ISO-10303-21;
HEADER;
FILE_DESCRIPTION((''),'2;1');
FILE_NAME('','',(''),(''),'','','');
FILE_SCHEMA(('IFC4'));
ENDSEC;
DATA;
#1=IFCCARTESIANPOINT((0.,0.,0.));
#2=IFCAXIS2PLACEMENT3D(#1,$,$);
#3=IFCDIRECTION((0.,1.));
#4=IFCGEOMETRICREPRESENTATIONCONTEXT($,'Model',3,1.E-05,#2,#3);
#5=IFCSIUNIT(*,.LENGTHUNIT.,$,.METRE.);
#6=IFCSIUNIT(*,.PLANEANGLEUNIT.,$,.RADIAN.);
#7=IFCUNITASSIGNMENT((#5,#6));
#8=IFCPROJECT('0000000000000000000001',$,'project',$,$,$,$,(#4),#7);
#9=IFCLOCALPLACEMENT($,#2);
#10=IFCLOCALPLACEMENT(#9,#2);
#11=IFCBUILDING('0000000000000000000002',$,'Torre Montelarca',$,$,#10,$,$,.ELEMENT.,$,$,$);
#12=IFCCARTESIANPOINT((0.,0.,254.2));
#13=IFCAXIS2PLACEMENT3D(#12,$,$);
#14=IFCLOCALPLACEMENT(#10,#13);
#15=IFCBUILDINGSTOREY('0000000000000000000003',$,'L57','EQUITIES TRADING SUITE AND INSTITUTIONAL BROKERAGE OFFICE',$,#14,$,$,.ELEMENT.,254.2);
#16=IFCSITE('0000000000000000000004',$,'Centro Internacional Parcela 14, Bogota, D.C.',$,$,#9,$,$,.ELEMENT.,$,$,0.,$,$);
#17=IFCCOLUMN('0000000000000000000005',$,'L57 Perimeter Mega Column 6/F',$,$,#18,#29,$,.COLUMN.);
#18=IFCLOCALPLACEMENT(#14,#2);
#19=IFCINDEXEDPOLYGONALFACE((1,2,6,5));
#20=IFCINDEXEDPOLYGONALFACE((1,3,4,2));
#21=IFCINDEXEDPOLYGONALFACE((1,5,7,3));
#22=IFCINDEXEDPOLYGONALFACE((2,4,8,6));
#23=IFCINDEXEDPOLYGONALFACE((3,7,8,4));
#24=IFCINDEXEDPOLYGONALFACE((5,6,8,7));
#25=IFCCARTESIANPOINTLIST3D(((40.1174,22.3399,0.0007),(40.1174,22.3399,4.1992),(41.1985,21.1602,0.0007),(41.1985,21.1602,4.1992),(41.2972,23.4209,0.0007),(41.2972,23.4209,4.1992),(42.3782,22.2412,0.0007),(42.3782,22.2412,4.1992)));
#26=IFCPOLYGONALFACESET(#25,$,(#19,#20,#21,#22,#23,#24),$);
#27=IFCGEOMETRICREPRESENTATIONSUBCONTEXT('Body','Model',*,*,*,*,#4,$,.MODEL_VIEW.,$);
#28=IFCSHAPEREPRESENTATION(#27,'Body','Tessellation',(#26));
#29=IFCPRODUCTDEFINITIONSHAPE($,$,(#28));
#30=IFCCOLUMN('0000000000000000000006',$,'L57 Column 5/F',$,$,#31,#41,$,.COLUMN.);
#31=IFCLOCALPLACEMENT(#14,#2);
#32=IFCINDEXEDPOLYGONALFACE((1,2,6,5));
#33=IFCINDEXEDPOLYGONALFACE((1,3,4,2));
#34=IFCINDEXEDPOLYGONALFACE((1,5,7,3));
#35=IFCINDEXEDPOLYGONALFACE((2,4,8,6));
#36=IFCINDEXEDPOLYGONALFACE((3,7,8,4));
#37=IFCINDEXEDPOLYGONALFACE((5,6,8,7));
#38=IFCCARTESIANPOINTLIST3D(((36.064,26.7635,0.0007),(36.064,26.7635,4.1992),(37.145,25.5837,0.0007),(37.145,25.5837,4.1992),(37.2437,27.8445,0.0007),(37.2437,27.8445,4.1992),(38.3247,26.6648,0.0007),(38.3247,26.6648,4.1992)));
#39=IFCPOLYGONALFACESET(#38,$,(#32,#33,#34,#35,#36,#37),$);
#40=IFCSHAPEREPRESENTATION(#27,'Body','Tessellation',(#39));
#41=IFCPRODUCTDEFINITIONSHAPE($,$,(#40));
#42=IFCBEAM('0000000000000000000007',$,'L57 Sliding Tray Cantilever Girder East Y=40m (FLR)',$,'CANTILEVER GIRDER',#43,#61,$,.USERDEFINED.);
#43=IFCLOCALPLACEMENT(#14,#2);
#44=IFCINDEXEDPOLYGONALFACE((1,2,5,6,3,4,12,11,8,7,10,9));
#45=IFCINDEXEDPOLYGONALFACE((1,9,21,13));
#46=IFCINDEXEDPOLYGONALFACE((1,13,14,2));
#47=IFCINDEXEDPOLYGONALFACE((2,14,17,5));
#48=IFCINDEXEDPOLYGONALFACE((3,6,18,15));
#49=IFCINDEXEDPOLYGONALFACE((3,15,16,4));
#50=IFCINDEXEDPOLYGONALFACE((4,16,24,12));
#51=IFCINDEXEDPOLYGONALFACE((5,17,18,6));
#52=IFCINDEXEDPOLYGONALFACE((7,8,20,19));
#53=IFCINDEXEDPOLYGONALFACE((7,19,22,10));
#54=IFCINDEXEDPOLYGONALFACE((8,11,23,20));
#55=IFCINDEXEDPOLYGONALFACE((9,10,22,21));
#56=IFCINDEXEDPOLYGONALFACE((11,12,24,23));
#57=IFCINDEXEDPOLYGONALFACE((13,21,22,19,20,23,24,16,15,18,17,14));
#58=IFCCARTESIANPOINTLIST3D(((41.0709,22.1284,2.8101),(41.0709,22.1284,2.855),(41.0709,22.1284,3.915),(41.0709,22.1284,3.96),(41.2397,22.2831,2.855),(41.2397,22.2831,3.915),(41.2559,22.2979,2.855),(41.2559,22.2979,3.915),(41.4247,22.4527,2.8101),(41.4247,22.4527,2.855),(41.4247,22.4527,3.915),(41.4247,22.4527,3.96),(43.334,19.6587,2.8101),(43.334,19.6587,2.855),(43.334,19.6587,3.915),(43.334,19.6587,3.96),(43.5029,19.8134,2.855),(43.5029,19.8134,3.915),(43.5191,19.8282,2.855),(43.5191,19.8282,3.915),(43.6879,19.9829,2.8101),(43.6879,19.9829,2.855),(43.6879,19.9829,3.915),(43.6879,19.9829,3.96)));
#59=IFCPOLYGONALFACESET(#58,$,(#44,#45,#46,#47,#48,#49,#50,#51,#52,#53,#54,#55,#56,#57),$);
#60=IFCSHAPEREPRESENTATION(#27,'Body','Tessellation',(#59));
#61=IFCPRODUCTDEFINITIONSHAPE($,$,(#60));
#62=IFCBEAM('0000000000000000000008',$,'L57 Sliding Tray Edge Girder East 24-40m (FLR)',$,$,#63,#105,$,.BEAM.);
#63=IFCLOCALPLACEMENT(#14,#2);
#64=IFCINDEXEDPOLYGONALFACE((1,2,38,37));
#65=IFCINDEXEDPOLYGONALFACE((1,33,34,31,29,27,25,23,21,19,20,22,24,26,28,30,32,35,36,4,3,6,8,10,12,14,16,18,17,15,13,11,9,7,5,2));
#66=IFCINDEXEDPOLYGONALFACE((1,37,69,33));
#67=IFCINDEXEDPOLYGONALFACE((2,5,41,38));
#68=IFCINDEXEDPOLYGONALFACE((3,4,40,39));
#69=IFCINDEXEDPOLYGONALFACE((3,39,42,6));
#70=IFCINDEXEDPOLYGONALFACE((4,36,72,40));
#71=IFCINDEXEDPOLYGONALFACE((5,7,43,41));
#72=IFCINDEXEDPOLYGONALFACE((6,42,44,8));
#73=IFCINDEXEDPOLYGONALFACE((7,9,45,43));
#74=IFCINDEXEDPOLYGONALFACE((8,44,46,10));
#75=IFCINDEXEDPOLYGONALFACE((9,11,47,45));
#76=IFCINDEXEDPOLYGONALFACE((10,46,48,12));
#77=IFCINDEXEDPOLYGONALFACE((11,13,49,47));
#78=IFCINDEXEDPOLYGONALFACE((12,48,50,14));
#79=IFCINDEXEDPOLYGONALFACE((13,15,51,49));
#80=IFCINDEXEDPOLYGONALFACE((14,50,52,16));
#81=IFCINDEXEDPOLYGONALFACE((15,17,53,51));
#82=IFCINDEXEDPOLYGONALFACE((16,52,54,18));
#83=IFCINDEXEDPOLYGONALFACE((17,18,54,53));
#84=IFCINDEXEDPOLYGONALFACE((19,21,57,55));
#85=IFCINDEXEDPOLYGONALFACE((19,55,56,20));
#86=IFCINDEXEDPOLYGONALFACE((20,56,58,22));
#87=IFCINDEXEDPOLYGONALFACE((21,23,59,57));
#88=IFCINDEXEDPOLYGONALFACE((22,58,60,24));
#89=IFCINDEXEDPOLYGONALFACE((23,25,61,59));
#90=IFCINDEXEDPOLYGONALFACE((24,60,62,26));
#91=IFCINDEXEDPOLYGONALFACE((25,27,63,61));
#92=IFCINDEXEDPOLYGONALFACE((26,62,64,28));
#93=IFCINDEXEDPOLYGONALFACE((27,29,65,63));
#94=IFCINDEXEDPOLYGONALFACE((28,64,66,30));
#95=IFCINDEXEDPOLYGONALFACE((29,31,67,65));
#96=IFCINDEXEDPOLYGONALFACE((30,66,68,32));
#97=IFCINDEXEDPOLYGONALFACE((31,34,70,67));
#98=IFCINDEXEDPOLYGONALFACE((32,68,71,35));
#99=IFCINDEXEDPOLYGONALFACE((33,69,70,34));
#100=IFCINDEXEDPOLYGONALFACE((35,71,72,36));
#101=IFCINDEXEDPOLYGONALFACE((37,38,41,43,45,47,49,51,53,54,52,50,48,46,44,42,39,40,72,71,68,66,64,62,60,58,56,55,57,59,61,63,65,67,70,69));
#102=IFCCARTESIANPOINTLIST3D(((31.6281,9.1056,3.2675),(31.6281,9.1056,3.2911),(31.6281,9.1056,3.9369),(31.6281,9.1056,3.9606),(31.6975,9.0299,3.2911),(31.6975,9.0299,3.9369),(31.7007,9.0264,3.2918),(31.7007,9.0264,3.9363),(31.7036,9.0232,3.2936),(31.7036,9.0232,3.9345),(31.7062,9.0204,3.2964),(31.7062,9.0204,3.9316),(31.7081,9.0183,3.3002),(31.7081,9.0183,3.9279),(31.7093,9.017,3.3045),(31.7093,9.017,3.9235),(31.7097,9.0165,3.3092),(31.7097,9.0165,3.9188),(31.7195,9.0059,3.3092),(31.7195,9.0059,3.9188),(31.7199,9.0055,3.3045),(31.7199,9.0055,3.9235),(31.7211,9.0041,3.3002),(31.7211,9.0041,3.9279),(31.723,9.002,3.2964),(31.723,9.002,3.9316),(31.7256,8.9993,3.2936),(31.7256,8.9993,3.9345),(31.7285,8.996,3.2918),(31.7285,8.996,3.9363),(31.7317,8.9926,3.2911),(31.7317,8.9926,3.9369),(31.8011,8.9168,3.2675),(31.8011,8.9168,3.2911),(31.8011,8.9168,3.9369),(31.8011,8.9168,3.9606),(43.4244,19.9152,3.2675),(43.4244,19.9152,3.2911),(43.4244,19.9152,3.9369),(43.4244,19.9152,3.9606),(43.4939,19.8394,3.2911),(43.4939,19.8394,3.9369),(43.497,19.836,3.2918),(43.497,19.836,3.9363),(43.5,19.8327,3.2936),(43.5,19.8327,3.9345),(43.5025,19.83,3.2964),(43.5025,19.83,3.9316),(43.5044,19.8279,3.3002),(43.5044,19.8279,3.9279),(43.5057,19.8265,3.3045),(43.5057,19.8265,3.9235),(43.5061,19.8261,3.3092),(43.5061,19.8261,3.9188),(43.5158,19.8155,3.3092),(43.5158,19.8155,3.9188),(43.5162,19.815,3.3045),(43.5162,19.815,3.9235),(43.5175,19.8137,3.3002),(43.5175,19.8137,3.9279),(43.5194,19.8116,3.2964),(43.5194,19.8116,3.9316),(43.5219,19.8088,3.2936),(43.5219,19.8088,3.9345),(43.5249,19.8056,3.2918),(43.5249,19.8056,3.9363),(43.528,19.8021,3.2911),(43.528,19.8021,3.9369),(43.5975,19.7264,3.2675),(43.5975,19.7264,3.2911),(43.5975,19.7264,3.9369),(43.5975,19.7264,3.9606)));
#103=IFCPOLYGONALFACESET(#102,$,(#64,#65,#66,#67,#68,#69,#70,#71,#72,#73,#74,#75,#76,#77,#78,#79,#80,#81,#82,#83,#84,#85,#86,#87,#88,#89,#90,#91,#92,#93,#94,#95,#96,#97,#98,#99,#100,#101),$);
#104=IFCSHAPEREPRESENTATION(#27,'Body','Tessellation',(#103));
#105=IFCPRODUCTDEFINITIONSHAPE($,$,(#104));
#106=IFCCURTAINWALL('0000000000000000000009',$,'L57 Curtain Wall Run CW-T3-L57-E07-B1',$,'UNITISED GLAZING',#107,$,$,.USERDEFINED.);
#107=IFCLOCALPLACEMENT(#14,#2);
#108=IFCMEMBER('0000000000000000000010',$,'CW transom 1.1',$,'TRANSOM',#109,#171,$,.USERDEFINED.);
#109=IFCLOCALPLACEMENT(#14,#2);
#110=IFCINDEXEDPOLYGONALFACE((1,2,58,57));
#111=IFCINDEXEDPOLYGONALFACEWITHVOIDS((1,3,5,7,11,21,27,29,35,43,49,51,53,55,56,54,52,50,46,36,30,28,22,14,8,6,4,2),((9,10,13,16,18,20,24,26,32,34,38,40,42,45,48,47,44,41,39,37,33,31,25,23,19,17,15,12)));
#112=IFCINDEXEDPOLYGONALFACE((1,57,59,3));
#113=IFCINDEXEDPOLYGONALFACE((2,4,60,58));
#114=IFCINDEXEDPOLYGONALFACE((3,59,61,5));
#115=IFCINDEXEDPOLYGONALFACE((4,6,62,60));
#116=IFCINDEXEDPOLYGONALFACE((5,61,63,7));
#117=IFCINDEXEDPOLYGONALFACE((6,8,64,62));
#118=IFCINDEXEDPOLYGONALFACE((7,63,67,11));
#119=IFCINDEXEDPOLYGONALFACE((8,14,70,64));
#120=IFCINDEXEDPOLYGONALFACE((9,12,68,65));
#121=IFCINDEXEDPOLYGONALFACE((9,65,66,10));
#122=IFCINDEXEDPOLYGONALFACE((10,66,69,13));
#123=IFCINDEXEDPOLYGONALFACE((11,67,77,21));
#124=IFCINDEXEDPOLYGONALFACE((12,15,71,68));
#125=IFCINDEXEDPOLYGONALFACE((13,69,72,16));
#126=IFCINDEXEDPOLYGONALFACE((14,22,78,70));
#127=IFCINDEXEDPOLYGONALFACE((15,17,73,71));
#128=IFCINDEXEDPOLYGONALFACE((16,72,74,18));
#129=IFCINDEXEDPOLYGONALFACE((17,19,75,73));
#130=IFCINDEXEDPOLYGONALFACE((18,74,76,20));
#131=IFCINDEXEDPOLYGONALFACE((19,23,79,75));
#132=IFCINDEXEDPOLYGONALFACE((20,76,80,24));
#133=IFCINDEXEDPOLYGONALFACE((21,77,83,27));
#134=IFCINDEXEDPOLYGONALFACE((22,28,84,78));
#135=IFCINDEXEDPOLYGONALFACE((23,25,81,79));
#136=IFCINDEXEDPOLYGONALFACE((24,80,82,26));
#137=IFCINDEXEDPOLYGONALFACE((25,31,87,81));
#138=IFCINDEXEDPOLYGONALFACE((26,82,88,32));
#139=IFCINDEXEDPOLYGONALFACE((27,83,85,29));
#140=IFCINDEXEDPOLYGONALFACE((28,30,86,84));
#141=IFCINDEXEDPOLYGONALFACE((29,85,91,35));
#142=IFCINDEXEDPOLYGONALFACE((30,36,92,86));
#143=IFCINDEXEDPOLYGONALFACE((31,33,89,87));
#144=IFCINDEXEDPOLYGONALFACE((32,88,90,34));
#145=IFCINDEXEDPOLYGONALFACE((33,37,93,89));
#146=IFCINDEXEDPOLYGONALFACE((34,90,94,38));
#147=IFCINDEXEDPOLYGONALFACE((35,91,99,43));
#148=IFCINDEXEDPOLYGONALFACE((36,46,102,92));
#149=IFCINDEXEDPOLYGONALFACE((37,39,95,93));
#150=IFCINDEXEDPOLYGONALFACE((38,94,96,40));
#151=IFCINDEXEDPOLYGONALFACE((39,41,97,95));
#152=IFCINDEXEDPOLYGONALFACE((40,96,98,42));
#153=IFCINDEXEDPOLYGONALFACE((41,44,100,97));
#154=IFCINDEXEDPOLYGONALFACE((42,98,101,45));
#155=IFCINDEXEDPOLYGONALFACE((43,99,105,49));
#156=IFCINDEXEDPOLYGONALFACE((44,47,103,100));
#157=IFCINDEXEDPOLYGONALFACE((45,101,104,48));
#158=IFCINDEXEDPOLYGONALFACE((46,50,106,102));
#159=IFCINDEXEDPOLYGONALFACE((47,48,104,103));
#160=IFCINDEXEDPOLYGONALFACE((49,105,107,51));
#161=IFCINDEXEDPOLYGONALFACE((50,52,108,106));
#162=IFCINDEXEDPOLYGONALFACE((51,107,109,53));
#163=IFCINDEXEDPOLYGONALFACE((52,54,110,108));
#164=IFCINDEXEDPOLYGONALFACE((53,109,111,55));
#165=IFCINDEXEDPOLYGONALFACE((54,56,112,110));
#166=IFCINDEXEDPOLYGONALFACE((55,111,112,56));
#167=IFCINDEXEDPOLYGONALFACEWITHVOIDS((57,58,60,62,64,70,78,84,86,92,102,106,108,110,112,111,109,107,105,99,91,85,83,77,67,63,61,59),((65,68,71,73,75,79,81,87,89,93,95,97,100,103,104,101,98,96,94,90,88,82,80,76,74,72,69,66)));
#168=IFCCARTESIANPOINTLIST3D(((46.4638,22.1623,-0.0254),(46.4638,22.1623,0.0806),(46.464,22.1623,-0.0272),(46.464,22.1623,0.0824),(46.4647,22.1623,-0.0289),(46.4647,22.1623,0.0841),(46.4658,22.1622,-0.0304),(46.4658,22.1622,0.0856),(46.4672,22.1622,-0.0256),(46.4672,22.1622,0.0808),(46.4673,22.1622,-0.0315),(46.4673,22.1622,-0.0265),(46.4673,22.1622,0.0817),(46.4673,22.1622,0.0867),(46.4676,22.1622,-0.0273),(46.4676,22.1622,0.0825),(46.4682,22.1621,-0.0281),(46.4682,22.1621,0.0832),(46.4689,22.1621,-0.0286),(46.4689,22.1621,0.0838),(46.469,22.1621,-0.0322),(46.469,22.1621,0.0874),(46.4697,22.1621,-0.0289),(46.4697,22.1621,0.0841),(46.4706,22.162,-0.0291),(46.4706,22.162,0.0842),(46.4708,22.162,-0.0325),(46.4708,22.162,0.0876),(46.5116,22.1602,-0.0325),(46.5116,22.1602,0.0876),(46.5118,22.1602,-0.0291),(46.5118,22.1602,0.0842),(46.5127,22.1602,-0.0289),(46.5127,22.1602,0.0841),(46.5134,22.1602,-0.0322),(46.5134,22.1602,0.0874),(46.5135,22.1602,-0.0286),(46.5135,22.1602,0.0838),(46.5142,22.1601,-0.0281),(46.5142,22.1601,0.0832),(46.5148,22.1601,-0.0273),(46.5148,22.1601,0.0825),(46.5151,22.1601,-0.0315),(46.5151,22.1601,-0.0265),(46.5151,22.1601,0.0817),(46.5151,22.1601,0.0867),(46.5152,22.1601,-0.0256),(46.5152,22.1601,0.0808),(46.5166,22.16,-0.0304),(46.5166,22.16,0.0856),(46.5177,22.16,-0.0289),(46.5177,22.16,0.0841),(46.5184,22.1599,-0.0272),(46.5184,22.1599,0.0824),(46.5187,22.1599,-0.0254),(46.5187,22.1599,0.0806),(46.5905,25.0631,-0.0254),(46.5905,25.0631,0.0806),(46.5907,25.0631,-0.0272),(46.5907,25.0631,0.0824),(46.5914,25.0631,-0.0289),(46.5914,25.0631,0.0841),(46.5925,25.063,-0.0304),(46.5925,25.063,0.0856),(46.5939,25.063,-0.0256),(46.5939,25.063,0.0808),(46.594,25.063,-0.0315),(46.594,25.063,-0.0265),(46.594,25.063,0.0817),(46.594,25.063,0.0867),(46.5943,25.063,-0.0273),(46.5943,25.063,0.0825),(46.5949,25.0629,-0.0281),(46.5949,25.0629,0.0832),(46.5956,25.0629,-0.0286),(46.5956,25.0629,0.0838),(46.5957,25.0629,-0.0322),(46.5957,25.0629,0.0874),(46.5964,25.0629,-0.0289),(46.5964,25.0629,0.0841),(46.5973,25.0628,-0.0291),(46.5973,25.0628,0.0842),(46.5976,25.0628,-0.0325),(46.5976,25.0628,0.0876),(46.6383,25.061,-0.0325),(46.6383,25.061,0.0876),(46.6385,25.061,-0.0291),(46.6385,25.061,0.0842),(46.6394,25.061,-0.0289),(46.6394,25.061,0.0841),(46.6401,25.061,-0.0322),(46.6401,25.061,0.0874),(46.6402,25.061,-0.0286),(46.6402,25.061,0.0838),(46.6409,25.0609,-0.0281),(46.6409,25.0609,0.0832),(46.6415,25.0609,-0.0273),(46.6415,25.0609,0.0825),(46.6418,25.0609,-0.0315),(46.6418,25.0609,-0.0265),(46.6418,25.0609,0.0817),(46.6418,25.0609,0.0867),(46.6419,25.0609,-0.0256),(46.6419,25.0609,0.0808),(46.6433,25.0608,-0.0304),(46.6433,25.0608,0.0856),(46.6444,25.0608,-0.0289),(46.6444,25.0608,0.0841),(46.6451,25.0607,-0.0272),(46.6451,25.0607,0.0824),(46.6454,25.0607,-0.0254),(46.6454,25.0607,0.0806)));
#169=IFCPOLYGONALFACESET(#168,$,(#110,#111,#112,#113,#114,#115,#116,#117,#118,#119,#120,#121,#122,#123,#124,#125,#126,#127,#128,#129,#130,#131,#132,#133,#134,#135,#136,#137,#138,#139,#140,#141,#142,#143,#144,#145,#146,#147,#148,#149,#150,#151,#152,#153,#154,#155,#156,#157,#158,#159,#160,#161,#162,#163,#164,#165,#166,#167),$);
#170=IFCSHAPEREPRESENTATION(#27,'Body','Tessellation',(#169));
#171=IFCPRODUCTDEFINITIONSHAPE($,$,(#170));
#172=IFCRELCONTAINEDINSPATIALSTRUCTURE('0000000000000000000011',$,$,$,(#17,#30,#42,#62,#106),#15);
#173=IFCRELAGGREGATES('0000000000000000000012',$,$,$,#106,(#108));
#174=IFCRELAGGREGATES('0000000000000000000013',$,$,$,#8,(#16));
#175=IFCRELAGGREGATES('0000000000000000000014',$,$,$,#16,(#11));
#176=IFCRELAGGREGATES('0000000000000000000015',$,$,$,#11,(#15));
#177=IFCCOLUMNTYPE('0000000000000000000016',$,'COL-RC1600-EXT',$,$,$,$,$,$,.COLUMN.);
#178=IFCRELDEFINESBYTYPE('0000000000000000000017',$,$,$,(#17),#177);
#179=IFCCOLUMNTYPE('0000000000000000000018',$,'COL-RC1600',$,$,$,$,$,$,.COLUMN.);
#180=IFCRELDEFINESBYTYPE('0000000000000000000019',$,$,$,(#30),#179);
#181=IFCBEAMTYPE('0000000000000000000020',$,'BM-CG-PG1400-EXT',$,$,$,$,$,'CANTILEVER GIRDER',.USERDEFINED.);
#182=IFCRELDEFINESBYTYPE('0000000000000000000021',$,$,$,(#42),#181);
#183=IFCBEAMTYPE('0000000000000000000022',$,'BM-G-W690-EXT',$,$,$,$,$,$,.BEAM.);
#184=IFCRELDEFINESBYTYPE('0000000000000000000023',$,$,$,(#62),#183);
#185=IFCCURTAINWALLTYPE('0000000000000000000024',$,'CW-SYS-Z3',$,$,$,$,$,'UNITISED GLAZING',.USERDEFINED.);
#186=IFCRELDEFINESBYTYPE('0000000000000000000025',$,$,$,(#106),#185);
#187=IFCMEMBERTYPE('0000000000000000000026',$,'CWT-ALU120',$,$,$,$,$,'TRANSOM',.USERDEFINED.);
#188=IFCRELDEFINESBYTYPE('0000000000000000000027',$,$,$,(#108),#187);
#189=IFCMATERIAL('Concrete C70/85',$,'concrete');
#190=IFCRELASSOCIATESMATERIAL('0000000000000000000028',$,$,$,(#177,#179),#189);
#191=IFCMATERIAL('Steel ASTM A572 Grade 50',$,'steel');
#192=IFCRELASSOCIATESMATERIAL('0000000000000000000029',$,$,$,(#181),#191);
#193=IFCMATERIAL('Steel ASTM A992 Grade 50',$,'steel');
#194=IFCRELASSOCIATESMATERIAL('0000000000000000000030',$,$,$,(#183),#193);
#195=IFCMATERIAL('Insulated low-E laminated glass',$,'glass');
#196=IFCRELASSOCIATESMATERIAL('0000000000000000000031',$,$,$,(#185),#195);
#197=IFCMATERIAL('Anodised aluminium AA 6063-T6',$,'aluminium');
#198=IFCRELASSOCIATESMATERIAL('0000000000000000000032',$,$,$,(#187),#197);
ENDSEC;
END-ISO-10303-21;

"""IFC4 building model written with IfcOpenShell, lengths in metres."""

from ifc_helpers import new_model, si_unit, direction, frame, origin, origin_2d, place, context, subcontext, project, spatial, rectangle, hollow_rectangle, i_section, extrude, source, transform, mapped, material, material_profile, profile_set, type_object, element, aggregate, save


model = new_model("IFC4")

# Units and contexts
model_context = context("Model", 3, precision=1e-05, world=origin(), true_north=direction((0.0, 1.0)))
body_context = subcontext(model_context, "Body", "Model", "MODEL_VIEW")
ifc_project = project(units=[si_unit("LENGTHUNIT", "METRE"), si_unit("PLANEANGLEUNIT", "RADIAN")], contexts=[model_context])

# Site, building, storey
site_placement = place(None, origin())
site = spatial("IfcSite", under=ifc_project, at=site_placement, Name="Centro Internacional Parcela 14, Bogota, D.C.", CompositionType="ELEMENT", RefElevation=0.0)
building_placement = place(site_placement, origin())
building = spatial("IfcBuilding", under=site, at=building_placement, Name="Torre Montelarca", CompositionType="ELEMENT")
storey_placement = place(building_placement, frame((0.0, 0.0, 254.2)))
storey = spatial("IfcBuildingStorey", under=building, at=storey_placement, Name="L57", Description="EQUITIES TRADING SUITE AND INSTITUTIONAL BROKERAGE OFFICE", CompositionType="ELEMENT", Elevation=254.2)

# Columns
ifc_material_1 = material(Name="Concrete C70/85", Category="concrete")
ifc_material_profile_1 = material_profile(ifc_material_1, rectangle(XDim=1.6001, YDim=1.6001, at=origin_2d()), Name="RC1600X1600", Category="concrete")
ifc_profile_set_1 = profile_set([ifc_material_profile_1], Name="Concrete C70/85")
column_type_1 = type_object("IfcColumnType", Name="COL-RC1600-EXT", PredefinedType="COLUMN", material=ifc_profile_set_1)
shared_shape_1 = source(origin(), body_context, "Body", "SweptSolid", [
    extrude(rectangle(XDim=1.6001, YDim=1.6001, at=origin_2d()), origin(), (0.0, 0.0, 1.0), 4.1985),
])
column_1_placement = place(storey_placement, frame((41.2478, 22.2905, 0.0007), z_axis=(0.0, 0.0, 1.0), x_axis=(-0.67559, 0.737277, 0.0)))
element("IfcColumn", 1, at=column_1_placement, inside=storey, type_object=column_type_1, Name="L57 Perimeter Mega Column 6/F", PredefinedType="COLUMN", context=body_context, shape_type="MappedRepresentation", body=[
    mapped(shared_shape_1, transform((0.0, 0.0, 0.0), scale=1.0)),
])
ifc_material_profile_2 = material_profile(ifc_material_1, rectangle(XDim=1.6001, YDim=1.6001, at=origin_2d()), Name="RC1600X1600", Category="concrete")
ifc_profile_set_2 = profile_set([ifc_material_profile_2], Name="Concrete C70/85")
column_type_2 = type_object("IfcColumnType", Name="COL-RC1600", PredefinedType="COLUMN", material=ifc_profile_set_2)
shared_shape_2 = source(origin(), body_context, "Body", "SweptSolid", [
    extrude(rectangle(XDim=1.6001, YDim=1.6001, at=origin_2d()), origin(), (0.0, 0.0, 1.0), 4.1985),
])
column_2_placement = place(storey_placement, frame((37.1943, 26.7141, 0.0007), z_axis=(0.0, 0.0, 1.0), x_axis=(-0.67559, 0.737277, 0.0)))
element("IfcColumn", 2, at=column_2_placement, inside=storey, type_object=column_type_2, Name="L57 Column 5/F", PredefinedType="COLUMN", context=body_context, shape_type="MappedRepresentation", body=[
    mapped(shared_shape_2, transform((0.0, 0.0, 0.0), scale=1.0)),
])

# Beams
ifc_material_2 = material(Name="Steel ASTM A572 Grade 50", Category="steel")
ifc_material_profile_3 = material_profile(ifc_material_2, i_section(OverallWidth=0.48, OverallDepth=1.1499, WebThickness=0.022, FlangeThickness=0.0449, at=origin_2d()), Name="PG1150X480X22X45", Category="steel")
ifc_profile_set_3 = profile_set([ifc_material_profile_3], Name="Steel ASTM A572 Grade 50")
beam_type_1 = type_object("IfcBeamType", Name="BM-CG-PG1400-EXT", ElementType="CANTILEVER GIRDER", PredefinedType="USERDEFINED", material=ifc_profile_set_3)
shared_shape_3 = source(origin(), body_context, "Body", "SweptSolid", [
    extrude(i_section(OverallWidth=0.48, OverallDepth=1.1499, WebThickness=0.022, FlangeThickness=0.0449, at=origin_2d()), origin(), (0.0, 0.0, 1.0), 3.3499),
])
beam_1_placement = place(storey_placement, frame((41.2478, 22.2905, 3.385), z_axis=(0.675606, -0.737263, 0.0), x_axis=(0.737263, 0.675606, 0.0)))
element("IfcBeam", 3, at=beam_1_placement, inside=storey, type_object=beam_type_1, Name="L57 Sliding Tray Cantilever Girder East Y=40m (FLR)", ObjectType="CANTILEVER GIRDER", PredefinedType="USERDEFINED", context=body_context, shape_type="MappedRepresentation", body=[
    mapped(shared_shape_3, transform((0.0, 0.0, 0.0), scale=1.0)),
])
ifc_material_3 = material(Name="Steel ASTM A992 Grade 50", Category="steel")
ifc_material_profile_4 = material_profile(ifc_material_3, i_section(OverallWidth=0.2561, OverallDepth=0.6931, WebThickness=0.0144, FlangeThickness=0.0237, FilletRadius=0.0181, at=origin_2d()), Name="W690X170", Category="steel")
ifc_profile_set_4 = profile_set([ifc_material_profile_4], Name="Steel ASTM A992 Grade 50")
beam_type_2 = type_object("IfcBeamType", Name="BM-G-W690-EXT", PredefinedType="BEAM", material=ifc_profile_set_4)
shared_shape_4 = source(origin(), body_context, "Body", "SweptSolid", [
    extrude(i_section(OverallWidth=0.2561, OverallDepth=0.6931, WebThickness=0.0144, FlangeThickness=0.0237, FilletRadius=0.0181, at=origin_2d()), origin(), (0.0, 0.0, 1.0), 16.0),
])
beam_2_placement = place(storey_placement, frame((31.7146, 9.0112, 3.614), z_axis=(0.737272, 0.675596, 0.0), x_axis=(-0.675596, 0.737272, 0.0)))
element("IfcBeam", 4, at=beam_2_placement, inside=storey, type_object=beam_type_2, Name="L57 Sliding Tray Edge Girder East 24-40m (FLR)", PredefinedType="BEAM", context=body_context, shape_type="MappedRepresentation", body=[
    mapped(shared_shape_4, transform((0.0, 0.0, 0.0), scale=1.0)),
])

# Curtain wall, member
ifc_material_4 = material(Name="Insulated low-E laminated glass", Category="glass")
curtain_wall_type = type_object("IfcCurtainWallType", Name="CW-SYS-Z3", ElementType="UNITISED GLAZING", PredefinedType="USERDEFINED", material=ifc_material_4)
curtain_wall_1_placement = place(storey_placement, origin())
curtain_wall_1 = element("IfcCurtainWall", 5, at=curtain_wall_1_placement, inside=storey, type_object=curtain_wall_type, Name="L57 Curtain Wall Run CW-T3-L57-E07-B1", ObjectType="UNITISED GLAZING", PredefinedType="USERDEFINED")
ifc_material_5 = material(Name="Anodised aluminium AA 6063-T6", Category="aluminium")
ifc_material_profile_5 = material_profile(ifc_material_5, hollow_rectangle(XDim=0.0549, YDim=0.1201, WallThickness=0.0034, InnerFilletRadius=0.0034, OuterFilletRadius=0.0071, at=origin_2d()), Name="ALU55X120X3.5", Category="aluminium")
ifc_profile_set_5 = profile_set([ifc_material_profile_5], Name="Anodised aluminium AA 6063-T6")
member_type_1 = type_object("IfcMemberType", Name="CWT-ALU120", ElementType="TRANSOM", PredefinedType="USERDEFINED", material=ifc_profile_set_5)
shared_shape_5 = source(origin(), body_context, "Body", "SweptSolid", [
    extrude(hollow_rectangle(XDim=0.0549, YDim=0.1201, WallThickness=0.0034, InnerFilletRadius=0.0034, OuterFilletRadius=0.0071, at=origin_2d()), origin(), (0.0, 0.0, 1.0), 2.9036),
])
member_1_placement = place(storey_placement, frame((46.4912, 22.1611, 0.0276), z_axis=(0.043638, 0.999047, 0.0), x_axis=(-0.999047, 0.043638, 0.0)))
member_1 = element("IfcMember", 6, at=member_1_placement, type_object=member_type_1, Name="CW transom 1.1", ObjectType="TRANSOM", PredefinedType="USERDEFINED", context=body_context, shape_type="MappedRepresentation", body=[
    mapped(shared_shape_5, transform((0.0, 0.0, 0.0), scale=1.0)),
])

aggregate(curtain_wall_1, [member_1])

save(model, "model.ifc")
